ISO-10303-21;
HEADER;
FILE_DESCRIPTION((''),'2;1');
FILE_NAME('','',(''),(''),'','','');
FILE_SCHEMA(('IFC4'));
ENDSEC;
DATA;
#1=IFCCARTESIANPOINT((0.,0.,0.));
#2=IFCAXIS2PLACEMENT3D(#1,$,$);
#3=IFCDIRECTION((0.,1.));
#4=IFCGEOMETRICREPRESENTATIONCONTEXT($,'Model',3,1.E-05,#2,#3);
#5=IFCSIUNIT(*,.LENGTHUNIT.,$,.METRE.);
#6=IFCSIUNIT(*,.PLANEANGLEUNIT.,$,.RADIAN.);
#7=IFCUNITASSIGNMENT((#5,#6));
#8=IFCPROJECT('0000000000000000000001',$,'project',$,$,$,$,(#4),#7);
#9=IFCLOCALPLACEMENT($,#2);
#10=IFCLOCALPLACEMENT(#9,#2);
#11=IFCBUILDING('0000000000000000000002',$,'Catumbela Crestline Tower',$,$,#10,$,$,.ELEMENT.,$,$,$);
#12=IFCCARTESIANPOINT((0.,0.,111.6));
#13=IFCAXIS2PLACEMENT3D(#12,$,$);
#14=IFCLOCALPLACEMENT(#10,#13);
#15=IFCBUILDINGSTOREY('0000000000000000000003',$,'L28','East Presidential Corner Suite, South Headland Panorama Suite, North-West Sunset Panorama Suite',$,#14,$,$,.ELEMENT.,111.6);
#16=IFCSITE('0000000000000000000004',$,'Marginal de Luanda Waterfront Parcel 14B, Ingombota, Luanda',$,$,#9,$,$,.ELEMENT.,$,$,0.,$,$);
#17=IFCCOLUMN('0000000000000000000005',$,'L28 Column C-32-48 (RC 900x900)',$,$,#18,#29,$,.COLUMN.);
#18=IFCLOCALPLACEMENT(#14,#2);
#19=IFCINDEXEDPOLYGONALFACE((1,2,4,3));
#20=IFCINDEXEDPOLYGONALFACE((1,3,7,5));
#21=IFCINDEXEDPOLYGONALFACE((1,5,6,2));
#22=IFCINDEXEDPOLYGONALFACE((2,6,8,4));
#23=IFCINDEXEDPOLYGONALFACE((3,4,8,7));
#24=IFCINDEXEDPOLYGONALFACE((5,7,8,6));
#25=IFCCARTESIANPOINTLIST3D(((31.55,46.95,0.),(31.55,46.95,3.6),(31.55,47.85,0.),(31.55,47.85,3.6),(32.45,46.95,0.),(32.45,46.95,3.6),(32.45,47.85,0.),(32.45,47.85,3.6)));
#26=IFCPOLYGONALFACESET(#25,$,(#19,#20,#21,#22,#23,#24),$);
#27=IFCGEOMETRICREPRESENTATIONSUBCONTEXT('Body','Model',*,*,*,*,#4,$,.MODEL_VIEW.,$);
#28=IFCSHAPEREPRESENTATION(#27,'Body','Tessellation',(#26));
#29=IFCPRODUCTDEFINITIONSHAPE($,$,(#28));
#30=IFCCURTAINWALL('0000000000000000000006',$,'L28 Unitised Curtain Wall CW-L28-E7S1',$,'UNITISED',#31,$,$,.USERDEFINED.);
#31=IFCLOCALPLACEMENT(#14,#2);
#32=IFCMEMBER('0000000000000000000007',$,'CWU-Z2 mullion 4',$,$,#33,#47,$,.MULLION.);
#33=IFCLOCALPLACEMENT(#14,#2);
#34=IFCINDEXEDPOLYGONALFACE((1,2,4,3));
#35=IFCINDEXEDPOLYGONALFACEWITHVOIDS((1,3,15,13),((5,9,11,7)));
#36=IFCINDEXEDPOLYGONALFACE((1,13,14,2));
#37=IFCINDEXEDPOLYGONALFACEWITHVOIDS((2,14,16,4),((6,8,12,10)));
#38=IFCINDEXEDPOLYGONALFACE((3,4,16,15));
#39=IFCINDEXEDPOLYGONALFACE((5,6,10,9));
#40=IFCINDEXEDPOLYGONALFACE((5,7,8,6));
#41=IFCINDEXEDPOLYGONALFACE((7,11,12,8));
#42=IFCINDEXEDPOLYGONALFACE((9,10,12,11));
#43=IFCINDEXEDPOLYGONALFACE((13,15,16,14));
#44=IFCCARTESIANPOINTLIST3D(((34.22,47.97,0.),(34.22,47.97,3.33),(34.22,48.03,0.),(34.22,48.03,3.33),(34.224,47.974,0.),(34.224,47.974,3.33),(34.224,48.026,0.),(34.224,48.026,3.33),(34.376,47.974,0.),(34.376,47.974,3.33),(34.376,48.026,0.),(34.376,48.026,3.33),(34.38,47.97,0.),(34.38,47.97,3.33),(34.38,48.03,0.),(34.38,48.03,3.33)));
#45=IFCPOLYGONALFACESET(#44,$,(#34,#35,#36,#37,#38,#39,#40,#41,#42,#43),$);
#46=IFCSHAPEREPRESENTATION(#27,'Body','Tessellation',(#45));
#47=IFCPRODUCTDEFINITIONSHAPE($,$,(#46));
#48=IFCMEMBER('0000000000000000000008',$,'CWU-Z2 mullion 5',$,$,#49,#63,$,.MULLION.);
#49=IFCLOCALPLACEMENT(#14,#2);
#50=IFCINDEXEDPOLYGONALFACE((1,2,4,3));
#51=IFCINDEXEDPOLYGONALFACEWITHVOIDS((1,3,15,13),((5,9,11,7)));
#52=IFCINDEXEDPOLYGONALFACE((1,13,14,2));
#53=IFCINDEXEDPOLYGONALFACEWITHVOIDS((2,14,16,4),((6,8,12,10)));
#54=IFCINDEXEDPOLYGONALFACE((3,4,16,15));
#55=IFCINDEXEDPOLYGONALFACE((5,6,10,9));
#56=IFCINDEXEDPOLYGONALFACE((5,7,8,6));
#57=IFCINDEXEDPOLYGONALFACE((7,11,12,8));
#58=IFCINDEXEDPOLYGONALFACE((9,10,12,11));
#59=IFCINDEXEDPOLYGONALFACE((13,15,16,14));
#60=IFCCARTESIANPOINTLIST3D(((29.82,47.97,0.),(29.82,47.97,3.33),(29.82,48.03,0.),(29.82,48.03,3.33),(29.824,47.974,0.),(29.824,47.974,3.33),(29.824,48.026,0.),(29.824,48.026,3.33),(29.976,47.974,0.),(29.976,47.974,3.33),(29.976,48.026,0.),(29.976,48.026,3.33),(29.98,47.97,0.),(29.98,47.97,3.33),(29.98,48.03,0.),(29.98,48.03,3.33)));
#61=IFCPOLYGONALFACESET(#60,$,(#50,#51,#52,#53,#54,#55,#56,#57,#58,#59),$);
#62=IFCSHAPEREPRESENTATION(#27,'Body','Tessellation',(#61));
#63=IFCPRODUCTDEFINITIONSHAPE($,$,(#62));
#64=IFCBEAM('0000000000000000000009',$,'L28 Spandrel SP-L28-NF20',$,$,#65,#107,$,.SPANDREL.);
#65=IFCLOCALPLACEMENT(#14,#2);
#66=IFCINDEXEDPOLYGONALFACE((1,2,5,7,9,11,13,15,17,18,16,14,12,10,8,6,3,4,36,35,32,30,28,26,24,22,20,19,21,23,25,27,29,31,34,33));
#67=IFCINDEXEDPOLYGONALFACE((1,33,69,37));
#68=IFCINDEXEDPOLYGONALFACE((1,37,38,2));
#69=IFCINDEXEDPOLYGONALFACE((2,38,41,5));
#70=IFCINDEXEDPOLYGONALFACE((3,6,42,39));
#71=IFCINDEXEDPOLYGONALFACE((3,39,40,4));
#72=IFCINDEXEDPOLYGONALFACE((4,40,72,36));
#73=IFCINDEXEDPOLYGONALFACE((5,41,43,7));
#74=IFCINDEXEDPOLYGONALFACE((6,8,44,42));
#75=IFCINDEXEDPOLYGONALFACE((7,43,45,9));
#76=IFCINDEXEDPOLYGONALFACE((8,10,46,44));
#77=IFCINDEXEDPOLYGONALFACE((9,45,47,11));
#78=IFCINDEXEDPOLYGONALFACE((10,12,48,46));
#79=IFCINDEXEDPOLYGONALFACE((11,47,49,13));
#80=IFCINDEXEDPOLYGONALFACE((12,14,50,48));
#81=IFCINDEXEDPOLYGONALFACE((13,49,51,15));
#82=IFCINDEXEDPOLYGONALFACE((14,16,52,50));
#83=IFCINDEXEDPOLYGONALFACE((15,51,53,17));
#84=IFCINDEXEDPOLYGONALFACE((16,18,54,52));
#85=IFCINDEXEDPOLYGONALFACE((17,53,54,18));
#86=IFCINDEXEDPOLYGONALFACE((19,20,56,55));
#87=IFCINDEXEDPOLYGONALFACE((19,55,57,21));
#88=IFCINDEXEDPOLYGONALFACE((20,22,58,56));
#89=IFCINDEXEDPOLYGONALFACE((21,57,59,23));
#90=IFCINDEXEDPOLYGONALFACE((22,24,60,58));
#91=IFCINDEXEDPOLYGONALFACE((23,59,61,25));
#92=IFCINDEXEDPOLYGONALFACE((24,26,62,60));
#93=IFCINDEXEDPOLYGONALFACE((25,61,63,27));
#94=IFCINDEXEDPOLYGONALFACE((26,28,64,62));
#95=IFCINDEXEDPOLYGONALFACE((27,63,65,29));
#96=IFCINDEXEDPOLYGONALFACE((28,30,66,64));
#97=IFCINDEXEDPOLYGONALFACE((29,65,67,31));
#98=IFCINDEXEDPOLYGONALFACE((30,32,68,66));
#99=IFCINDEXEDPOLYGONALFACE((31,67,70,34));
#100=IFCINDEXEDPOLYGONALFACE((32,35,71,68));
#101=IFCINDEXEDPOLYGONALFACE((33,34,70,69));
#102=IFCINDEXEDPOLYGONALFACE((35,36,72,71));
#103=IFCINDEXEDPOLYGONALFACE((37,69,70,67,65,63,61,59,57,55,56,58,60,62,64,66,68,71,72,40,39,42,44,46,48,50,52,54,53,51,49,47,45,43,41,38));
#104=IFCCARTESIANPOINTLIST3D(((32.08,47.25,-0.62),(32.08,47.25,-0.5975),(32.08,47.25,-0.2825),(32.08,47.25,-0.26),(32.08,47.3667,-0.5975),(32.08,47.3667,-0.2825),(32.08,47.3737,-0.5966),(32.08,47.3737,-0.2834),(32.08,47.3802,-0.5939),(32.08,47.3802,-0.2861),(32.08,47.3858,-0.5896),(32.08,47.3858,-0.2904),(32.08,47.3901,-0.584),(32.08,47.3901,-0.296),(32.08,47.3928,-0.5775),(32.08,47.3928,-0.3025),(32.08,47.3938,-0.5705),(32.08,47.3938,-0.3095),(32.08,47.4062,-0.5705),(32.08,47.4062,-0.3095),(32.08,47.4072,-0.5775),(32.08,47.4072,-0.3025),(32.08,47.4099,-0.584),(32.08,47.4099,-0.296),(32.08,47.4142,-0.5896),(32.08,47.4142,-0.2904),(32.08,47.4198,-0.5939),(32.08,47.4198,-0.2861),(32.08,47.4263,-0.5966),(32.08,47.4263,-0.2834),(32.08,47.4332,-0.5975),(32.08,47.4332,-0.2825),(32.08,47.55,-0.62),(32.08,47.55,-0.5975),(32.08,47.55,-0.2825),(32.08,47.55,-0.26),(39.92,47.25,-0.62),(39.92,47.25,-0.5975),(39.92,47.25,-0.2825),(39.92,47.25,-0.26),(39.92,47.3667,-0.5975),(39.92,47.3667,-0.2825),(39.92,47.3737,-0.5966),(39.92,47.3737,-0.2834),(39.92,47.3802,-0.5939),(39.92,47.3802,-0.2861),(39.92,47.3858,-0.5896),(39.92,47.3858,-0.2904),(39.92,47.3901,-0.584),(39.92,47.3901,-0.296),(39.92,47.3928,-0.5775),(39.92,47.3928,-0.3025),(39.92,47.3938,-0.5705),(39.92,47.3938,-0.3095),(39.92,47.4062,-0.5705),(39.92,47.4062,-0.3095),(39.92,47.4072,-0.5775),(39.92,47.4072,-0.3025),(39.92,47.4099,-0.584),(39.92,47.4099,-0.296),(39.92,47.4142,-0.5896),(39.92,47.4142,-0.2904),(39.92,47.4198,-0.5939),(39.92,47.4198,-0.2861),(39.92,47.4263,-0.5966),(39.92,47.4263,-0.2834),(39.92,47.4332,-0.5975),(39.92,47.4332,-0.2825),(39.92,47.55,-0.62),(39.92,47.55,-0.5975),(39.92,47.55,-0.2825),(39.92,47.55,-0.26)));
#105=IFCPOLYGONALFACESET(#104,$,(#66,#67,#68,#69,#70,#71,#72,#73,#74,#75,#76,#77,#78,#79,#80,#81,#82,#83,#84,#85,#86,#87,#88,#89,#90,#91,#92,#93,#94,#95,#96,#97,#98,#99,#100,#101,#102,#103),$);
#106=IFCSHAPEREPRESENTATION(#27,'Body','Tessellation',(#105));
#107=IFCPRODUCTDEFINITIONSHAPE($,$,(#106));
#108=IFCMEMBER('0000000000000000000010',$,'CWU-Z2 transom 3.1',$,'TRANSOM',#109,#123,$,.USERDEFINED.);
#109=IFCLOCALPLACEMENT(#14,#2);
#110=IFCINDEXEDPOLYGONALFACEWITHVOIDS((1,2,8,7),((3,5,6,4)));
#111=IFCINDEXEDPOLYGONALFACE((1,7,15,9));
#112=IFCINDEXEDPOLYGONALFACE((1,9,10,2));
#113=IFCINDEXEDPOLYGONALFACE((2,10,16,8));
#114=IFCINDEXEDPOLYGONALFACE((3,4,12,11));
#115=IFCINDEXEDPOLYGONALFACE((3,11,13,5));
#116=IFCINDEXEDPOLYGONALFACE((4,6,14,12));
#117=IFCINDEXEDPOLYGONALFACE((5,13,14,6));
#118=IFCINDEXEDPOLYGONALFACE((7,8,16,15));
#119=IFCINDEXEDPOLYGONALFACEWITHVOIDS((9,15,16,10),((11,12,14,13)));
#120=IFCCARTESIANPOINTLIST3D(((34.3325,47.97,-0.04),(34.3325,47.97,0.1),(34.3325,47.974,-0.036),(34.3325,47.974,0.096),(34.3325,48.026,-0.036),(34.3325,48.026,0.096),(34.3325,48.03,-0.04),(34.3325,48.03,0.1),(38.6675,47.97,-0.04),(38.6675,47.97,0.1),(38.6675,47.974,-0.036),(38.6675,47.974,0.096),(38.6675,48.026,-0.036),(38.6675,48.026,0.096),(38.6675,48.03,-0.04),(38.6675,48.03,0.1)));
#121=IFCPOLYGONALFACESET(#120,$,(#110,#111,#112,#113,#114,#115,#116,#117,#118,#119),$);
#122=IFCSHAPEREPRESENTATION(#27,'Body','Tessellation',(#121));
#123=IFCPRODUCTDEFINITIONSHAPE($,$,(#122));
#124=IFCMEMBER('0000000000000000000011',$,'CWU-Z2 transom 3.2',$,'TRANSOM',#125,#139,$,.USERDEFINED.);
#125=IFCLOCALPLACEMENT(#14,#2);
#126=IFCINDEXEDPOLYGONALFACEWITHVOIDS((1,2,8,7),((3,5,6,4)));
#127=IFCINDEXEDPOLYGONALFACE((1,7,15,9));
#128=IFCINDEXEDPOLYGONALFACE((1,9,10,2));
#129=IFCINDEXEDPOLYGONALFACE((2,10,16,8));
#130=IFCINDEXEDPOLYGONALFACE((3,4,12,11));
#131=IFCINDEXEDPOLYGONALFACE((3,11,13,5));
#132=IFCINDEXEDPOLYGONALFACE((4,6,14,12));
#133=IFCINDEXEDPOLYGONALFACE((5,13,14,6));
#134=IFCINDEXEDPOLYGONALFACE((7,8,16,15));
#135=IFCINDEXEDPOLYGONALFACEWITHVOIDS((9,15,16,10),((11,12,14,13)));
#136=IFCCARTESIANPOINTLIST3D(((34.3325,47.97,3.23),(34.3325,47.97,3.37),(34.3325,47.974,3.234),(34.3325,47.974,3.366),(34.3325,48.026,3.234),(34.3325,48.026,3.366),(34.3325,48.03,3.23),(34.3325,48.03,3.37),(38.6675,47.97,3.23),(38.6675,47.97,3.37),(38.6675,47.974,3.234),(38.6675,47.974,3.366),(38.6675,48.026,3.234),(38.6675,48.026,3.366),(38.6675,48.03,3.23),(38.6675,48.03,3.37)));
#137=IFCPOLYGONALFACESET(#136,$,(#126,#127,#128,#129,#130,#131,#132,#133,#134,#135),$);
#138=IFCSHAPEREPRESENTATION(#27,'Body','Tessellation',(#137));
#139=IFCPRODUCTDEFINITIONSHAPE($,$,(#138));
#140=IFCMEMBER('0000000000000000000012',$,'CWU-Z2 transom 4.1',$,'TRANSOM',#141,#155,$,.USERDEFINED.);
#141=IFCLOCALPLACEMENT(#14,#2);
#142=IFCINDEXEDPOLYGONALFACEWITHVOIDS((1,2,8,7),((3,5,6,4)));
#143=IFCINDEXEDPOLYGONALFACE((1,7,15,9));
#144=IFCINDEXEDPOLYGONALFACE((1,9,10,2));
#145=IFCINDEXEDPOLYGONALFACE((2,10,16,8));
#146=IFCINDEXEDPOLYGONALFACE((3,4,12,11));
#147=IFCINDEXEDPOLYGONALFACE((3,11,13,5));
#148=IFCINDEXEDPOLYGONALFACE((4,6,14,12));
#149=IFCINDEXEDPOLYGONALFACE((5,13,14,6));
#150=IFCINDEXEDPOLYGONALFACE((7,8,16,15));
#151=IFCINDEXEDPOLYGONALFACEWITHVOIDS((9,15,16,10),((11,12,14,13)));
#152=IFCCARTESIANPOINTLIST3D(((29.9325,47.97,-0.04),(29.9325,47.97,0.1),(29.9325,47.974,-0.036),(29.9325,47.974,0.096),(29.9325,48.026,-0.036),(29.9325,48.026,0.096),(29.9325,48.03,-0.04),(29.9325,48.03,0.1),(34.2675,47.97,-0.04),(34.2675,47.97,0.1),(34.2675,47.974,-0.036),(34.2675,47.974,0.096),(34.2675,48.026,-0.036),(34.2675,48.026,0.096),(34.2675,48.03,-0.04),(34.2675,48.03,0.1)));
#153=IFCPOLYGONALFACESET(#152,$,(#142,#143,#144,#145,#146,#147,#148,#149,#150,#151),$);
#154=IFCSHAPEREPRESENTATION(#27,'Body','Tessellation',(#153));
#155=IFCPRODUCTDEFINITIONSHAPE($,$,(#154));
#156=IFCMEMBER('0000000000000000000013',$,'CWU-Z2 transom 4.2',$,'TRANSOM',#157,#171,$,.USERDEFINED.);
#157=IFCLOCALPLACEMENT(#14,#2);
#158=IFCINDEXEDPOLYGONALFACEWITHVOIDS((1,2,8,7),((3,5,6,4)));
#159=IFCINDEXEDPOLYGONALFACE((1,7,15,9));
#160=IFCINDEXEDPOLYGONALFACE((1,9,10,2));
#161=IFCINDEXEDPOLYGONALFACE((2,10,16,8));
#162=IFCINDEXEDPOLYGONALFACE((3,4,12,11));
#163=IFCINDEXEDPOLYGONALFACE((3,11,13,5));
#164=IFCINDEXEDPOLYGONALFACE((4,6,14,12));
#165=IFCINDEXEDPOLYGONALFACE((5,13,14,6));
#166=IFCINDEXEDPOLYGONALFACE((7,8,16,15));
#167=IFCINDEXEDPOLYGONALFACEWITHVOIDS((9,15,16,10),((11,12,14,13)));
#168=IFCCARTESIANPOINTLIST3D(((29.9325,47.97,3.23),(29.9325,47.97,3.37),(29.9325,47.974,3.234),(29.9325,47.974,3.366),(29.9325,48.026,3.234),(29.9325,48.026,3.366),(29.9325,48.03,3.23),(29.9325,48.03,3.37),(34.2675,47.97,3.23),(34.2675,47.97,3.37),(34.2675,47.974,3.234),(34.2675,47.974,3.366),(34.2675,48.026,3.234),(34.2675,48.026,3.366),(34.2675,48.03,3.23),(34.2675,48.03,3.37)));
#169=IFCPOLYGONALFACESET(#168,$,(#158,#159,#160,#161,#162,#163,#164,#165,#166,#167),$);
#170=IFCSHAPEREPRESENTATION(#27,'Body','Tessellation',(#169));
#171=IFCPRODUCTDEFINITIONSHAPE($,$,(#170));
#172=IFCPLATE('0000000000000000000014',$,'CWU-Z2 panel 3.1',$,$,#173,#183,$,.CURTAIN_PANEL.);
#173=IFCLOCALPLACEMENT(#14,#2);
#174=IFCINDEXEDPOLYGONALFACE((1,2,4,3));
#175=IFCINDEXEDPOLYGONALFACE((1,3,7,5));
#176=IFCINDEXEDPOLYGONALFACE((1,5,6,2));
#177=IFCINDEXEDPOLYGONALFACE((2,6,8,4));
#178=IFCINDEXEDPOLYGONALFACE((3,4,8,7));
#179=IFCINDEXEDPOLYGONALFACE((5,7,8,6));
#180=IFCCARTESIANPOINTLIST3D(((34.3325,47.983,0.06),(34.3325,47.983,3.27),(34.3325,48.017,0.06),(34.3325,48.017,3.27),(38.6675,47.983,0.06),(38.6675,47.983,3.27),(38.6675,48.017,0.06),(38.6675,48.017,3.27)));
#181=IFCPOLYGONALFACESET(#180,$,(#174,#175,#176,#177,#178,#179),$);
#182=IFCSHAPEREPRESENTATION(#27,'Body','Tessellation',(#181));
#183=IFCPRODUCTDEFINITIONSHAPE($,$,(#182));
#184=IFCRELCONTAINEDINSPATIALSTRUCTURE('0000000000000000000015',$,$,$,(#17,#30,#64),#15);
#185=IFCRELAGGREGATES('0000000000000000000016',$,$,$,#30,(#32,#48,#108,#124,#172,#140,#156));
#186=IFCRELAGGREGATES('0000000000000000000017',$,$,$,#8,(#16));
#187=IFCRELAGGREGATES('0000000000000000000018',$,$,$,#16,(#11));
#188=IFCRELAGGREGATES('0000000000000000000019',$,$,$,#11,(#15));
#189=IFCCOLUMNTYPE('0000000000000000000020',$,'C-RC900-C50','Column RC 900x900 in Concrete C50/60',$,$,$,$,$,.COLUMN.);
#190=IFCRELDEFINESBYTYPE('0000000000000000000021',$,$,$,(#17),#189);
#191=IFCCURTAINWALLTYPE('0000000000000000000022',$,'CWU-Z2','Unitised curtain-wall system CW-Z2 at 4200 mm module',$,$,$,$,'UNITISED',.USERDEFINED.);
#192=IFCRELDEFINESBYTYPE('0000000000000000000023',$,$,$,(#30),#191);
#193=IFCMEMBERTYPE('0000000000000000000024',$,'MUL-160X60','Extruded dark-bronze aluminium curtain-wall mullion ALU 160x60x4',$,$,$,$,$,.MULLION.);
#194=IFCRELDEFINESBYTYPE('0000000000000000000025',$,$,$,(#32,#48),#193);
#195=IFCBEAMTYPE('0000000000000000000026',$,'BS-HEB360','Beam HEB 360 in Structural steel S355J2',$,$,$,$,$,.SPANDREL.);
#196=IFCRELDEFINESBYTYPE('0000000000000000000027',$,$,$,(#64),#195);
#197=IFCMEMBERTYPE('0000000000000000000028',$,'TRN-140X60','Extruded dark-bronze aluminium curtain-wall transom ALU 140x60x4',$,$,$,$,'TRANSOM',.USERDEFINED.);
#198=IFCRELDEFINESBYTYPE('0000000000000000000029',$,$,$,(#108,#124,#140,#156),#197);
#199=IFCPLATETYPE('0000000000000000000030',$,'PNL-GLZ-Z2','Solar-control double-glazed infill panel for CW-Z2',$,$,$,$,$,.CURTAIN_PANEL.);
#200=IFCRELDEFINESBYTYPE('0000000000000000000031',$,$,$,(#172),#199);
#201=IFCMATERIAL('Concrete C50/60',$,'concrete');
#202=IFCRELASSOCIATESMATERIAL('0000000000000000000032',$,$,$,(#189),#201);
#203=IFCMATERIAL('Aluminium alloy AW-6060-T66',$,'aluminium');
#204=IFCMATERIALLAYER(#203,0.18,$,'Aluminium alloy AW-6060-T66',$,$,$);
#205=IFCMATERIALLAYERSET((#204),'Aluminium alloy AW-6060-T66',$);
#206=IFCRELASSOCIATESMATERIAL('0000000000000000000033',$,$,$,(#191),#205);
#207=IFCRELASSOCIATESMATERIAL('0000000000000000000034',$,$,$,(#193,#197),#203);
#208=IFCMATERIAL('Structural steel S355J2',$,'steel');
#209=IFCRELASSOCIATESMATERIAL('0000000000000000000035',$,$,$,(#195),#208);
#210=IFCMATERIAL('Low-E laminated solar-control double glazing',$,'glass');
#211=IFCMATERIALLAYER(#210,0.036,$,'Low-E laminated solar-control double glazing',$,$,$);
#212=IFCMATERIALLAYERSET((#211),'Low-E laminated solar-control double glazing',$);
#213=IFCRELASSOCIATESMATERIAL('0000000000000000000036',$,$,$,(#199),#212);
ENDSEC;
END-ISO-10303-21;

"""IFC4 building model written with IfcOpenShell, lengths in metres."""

from ifc_helpers import new_model, si_unit, direction, frame, origin, origin_2d, place, context, subcontext, project, spatial, rectangle, hollow_rectangle, i_section, extrude, material, layer, layer_set, material_profile, profile_set, type_object, element, aggregate, save


model = new_model("IFC4")

# Units and contexts
model_context = context("Model", 3, precision=1e-05, world=origin(), true_north=direction((0.0, 1.0)))
body_context = subcontext(model_context, "Body", "Model", "MODEL_VIEW")
ifc_project = project(units=[si_unit("LENGTHUNIT", "METRE"), si_unit("PLANEANGLEUNIT", "RADIAN")], contexts=[model_context])

# Site, building, storey
site_placement = place(None, origin())
site = spatial("IfcSite", under=ifc_project, at=site_placement, Name="Marginal de Luanda Waterfront Parcel 14B, Ingombota, Luanda", CompositionType="ELEMENT", RefElevation=0.0)
building_placement = place(site_placement, origin())
building = spatial("IfcBuilding", under=site, at=building_placement, Name="Catumbela Crestline Tower", CompositionType="ELEMENT")
storey_placement = place(building_placement, frame((0.0, 0.0, 111.6)))
storey = spatial("IfcBuildingStorey", under=building, at=storey_placement, Name="L28", Description="East Presidential Corner Suite, South Headland Panorama Suite, North-West Sunset Panorama Suite", CompositionType="ELEMENT", Elevation=111.6)

# Column
ifc_material_1 = material(Name="Concrete C50/60", Category="concrete")
ifc_material_profile_1 = material_profile(ifc_material_1, rectangle(XDim=0.9, YDim=0.9, at=origin_2d()), Name="RC 900x900")
ifc_profile_set_1 = profile_set([ifc_material_profile_1], Name="Concrete C50/60")
column_type = type_object("IfcColumnType", Name="C-RC900-C50", Description="Column RC 900x900 in Concrete C50/60", PredefinedType="COLUMN", material=ifc_profile_set_1)
column_placement = place(storey_placement, frame((32.0, 47.4, 0.0), z_axis=(0.0, 0.0, 1.0), x_axis=(1.0, 0.0, 0.0)))
element("IfcColumn", 1, at=column_placement, inside=storey, type_object=column_type, Name="L28 Column C-32-48 (RC 900x900)", PredefinedType="COLUMN", context=body_context, shape_type="SweptSolid", body=[
    extrude(rectangle(XDim=0.9, YDim=0.9, at=origin_2d()), origin(), (0.0, 0.0, 1.0), 3.6),
])

# Curtain wall, members
ifc_material_2 = material(Name="Aluminium alloy AW-6060-T66", Category="aluminium")
ifc_layer_1 = layer(ifc_material_2, 0.18, Name="Aluminium alloy AW-6060-T66")
ifc_layer_set_1 = layer_set([ifc_layer_1], Name="Aluminium alloy AW-6060-T66")
curtain_wall_type = type_object("IfcCurtainWallType", Name="CWU-Z2", Description="Unitised curtain-wall system CW-Z2 at 4200 mm module", ElementType="UNITISED", PredefinedType="USERDEFINED", material=ifc_layer_set_1)
curtain_wall_placement = place(storey_placement, origin())
curtain_wall = element("IfcCurtainWall", 2, at=curtain_wall_placement, inside=storey, type_object=curtain_wall_type, Name="L28 Unitised Curtain Wall CW-L28-E7S1", ObjectType="UNITISED", PredefinedType="USERDEFINED")
ifc_material_profile_2 = material_profile(ifc_material_2, hollow_rectangle(XDim=0.06, YDim=0.16, WallThickness=0.004, at=origin_2d()), Name="ALU 160x60x4")
ifc_profile_set_2 = profile_set([ifc_material_profile_2], Name="Aluminium alloy AW-6060-T66")
member_type_1 = type_object("IfcMemberType", Name="MUL-160X60", Description="Extruded dark-bronze aluminium curtain-wall mullion ALU 160x60x4", PredefinedType="MULLION", material=ifc_profile_set_2)
member_1_placement = place(storey_placement, frame((34.3, 48.0, 0.0), z_axis=(0.0, 0.0, 1.0), x_axis=(0.0, -1.0, 0.0)))
member_1 = element("IfcMember", 3, at=member_1_placement, type_object=member_type_1, Name="CWU-Z2 mullion 4", PredefinedType="MULLION", context=body_context, shape_type="SweptSolid", body=[
    extrude(hollow_rectangle(XDim=0.06, YDim=0.16, WallThickness=0.004, at=origin_2d()), origin(), (0.0, 0.0, 1.0), 3.33),
])
member_2_placement = place(storey_placement, frame((29.9, 48.0, 0.0), z_axis=(0.0, 0.0, 1.0), x_axis=(0.0, -1.0, 0.0)))
member_2 = element("IfcMember", 4, at=member_2_placement, type_object=member_type_1, Name="CWU-Z2 mullion 5", PredefinedType="MULLION", context=body_context, shape_type="SweptSolid", body=[
    extrude(hollow_rectangle(XDim=0.06, YDim=0.16, WallThickness=0.004, at=origin_2d()), origin(), (0.0, 0.0, 1.0), 3.33),
])

# Beam
ifc_material_3 = material(Name="Structural steel S355J2", Category="steel")
ifc_material_profile_3 = material_profile(ifc_material_3, i_section(OverallWidth=0.3, OverallDepth=0.36, WebThickness=0.0125, FlangeThickness=0.0225, FilletRadius=0.027, at=origin_2d()), Name="HEB 360")
ifc_profile_set_3 = profile_set([ifc_material_profile_3], Name="Structural steel S355J2")
beam_type = type_object("IfcBeamType", Name="BS-HEB360", Description="Beam HEB 360 in Structural steel S355J2", PredefinedType="SPANDREL", material=ifc_profile_set_3)
beam_placement = place(storey_placement, frame((32.08, 47.4, -0.44), z_axis=(1.0, 0.0, 0.0), x_axis=(0.0, 1.0, 0.0)))
element("IfcBeam", 5, at=beam_placement, inside=storey, type_object=beam_type, Name="L28 Spandrel SP-L28-NF20", PredefinedType="SPANDREL", context=body_context, shape_type="SweptSolid", body=[
    extrude(i_section(OverallWidth=0.3, OverallDepth=0.36, WebThickness=0.0125, FlangeThickness=0.0225, FilletRadius=0.027, at=origin_2d()), origin(), (0.0, 0.0, 1.0), 7.84),
])

# Members
ifc_material_profile_4 = material_profile(ifc_material_2, hollow_rectangle(XDim=0.06, YDim=0.14, WallThickness=0.004, at=origin_2d()), Name="ALU 140x60x4")
ifc_profile_set_4 = profile_set([ifc_material_profile_4], Name="Aluminium alloy AW-6060-T66")
member_type_2 = type_object("IfcMemberType", Name="TRN-140X60", Description="Extruded dark-bronze aluminium curtain-wall transom ALU 140x60x4", ElementType="TRANSOM", PredefinedType="USERDEFINED", material=ifc_profile_set_4)
member_3_placement = place(storey_placement, frame((38.6675, 48.0, 0.03), z_axis=(-1.0, 0.0, 0.0), x_axis=(0.0, -1.0, 0.0)))
member_3 = element("IfcMember", 6, at=member_3_placement, type_object=member_type_2, Name="CWU-Z2 transom 3.1", ObjectType="TRANSOM", PredefinedType="USERDEFINED", context=body_context, shape_type="SweptSolid", body=[
    extrude(hollow_rectangle(XDim=0.06, YDim=0.14, WallThickness=0.004, at=origin_2d()), origin(), (0.0, 0.0, 1.0), 4.335),
])
member_4_placement = place(storey_placement, frame((38.6675, 48.0, 3.3), z_axis=(-1.0, 0.0, 0.0), x_axis=(0.0, -1.0, 0.0)))
member_4 = element("IfcMember", 7, at=member_4_placement, type_object=member_type_2, Name="CWU-Z2 transom 3.2", ObjectType="TRANSOM", PredefinedType="USERDEFINED", context=body_context, shape_type="SweptSolid", body=[
    extrude(hollow_rectangle(XDim=0.06, YDim=0.14, WallThickness=0.004, at=origin_2d()), origin(), (0.0, 0.0, 1.0), 4.335),
])
member_5_placement = place(storey_placement, frame((34.2675, 48.0, 0.03), z_axis=(-1.0, 0.0, 0.0), x_axis=(0.0, -1.0, 0.0)))
member_5 = element("IfcMember", 8, at=member_5_placement, type_object=member_type_2, Name="CWU-Z2 transom 4.1", ObjectType="TRANSOM", PredefinedType="USERDEFINED", context=body_context, shape_type="SweptSolid", body=[
    extrude(hollow_rectangle(XDim=0.06, YDim=0.14, WallThickness=0.004, at=origin_2d()), origin(), (0.0, 0.0, 1.0), 4.335),
])
member_6_placement = place(storey_placement, frame((34.2675, 48.0, 3.3), z_axis=(-1.0, 0.0, 0.0), x_axis=(0.0, -1.0, 0.0)))
member_6 = element("IfcMember", 9, at=member_6_placement, type_object=member_type_2, Name="CWU-Z2 transom 4.2", ObjectType="TRANSOM", PredefinedType="USERDEFINED", context=body_context, shape_type="SweptSolid", body=[
    extrude(hollow_rectangle(XDim=0.06, YDim=0.14, WallThickness=0.004, at=origin_2d()), origin(), (0.0, 0.0, 1.0), 4.335),
])

# Plate
ifc_material_4 = material(Name="Low-E laminated solar-control double glazing", Category="glass")
ifc_layer_2 = layer(ifc_material_4, 0.036, Name="Low-E laminated solar-control double glazing")
ifc_layer_set_2 = layer_set([ifc_layer_2], Name="Low-E laminated solar-control double glazing")
plate_type = type_object("IfcPlateType", Name="PNL-GLZ-Z2", Description="Solar-control double-glazed infill panel for CW-Z2", PredefinedType="CURTAIN_PANEL", material=ifc_layer_set_2)
plate_1_placement = place(storey_placement, frame((36.5, 48.0, 0.06), z_axis=(0.0, 0.0, 1.0), x_axis=(-1.0, 0.0, 0.0)))
plate_1 = element("IfcPlate", 10, at=plate_1_placement, type_object=plate_type, Name="CWU-Z2 panel 3.1", PredefinedType="CURTAIN_PANEL", context=body_context, shape_type="SweptSolid", body=[
    extrude(rectangle(XDim=4.335, YDim=0.034, at=origin_2d()), origin(), (0.0, 0.0, 1.0), 3.21),
])
aggregate(curtain_wall, [member_1, member_2, member_3, member_4, plate_1, member_5, member_6])

save(model, "model.ifc")
